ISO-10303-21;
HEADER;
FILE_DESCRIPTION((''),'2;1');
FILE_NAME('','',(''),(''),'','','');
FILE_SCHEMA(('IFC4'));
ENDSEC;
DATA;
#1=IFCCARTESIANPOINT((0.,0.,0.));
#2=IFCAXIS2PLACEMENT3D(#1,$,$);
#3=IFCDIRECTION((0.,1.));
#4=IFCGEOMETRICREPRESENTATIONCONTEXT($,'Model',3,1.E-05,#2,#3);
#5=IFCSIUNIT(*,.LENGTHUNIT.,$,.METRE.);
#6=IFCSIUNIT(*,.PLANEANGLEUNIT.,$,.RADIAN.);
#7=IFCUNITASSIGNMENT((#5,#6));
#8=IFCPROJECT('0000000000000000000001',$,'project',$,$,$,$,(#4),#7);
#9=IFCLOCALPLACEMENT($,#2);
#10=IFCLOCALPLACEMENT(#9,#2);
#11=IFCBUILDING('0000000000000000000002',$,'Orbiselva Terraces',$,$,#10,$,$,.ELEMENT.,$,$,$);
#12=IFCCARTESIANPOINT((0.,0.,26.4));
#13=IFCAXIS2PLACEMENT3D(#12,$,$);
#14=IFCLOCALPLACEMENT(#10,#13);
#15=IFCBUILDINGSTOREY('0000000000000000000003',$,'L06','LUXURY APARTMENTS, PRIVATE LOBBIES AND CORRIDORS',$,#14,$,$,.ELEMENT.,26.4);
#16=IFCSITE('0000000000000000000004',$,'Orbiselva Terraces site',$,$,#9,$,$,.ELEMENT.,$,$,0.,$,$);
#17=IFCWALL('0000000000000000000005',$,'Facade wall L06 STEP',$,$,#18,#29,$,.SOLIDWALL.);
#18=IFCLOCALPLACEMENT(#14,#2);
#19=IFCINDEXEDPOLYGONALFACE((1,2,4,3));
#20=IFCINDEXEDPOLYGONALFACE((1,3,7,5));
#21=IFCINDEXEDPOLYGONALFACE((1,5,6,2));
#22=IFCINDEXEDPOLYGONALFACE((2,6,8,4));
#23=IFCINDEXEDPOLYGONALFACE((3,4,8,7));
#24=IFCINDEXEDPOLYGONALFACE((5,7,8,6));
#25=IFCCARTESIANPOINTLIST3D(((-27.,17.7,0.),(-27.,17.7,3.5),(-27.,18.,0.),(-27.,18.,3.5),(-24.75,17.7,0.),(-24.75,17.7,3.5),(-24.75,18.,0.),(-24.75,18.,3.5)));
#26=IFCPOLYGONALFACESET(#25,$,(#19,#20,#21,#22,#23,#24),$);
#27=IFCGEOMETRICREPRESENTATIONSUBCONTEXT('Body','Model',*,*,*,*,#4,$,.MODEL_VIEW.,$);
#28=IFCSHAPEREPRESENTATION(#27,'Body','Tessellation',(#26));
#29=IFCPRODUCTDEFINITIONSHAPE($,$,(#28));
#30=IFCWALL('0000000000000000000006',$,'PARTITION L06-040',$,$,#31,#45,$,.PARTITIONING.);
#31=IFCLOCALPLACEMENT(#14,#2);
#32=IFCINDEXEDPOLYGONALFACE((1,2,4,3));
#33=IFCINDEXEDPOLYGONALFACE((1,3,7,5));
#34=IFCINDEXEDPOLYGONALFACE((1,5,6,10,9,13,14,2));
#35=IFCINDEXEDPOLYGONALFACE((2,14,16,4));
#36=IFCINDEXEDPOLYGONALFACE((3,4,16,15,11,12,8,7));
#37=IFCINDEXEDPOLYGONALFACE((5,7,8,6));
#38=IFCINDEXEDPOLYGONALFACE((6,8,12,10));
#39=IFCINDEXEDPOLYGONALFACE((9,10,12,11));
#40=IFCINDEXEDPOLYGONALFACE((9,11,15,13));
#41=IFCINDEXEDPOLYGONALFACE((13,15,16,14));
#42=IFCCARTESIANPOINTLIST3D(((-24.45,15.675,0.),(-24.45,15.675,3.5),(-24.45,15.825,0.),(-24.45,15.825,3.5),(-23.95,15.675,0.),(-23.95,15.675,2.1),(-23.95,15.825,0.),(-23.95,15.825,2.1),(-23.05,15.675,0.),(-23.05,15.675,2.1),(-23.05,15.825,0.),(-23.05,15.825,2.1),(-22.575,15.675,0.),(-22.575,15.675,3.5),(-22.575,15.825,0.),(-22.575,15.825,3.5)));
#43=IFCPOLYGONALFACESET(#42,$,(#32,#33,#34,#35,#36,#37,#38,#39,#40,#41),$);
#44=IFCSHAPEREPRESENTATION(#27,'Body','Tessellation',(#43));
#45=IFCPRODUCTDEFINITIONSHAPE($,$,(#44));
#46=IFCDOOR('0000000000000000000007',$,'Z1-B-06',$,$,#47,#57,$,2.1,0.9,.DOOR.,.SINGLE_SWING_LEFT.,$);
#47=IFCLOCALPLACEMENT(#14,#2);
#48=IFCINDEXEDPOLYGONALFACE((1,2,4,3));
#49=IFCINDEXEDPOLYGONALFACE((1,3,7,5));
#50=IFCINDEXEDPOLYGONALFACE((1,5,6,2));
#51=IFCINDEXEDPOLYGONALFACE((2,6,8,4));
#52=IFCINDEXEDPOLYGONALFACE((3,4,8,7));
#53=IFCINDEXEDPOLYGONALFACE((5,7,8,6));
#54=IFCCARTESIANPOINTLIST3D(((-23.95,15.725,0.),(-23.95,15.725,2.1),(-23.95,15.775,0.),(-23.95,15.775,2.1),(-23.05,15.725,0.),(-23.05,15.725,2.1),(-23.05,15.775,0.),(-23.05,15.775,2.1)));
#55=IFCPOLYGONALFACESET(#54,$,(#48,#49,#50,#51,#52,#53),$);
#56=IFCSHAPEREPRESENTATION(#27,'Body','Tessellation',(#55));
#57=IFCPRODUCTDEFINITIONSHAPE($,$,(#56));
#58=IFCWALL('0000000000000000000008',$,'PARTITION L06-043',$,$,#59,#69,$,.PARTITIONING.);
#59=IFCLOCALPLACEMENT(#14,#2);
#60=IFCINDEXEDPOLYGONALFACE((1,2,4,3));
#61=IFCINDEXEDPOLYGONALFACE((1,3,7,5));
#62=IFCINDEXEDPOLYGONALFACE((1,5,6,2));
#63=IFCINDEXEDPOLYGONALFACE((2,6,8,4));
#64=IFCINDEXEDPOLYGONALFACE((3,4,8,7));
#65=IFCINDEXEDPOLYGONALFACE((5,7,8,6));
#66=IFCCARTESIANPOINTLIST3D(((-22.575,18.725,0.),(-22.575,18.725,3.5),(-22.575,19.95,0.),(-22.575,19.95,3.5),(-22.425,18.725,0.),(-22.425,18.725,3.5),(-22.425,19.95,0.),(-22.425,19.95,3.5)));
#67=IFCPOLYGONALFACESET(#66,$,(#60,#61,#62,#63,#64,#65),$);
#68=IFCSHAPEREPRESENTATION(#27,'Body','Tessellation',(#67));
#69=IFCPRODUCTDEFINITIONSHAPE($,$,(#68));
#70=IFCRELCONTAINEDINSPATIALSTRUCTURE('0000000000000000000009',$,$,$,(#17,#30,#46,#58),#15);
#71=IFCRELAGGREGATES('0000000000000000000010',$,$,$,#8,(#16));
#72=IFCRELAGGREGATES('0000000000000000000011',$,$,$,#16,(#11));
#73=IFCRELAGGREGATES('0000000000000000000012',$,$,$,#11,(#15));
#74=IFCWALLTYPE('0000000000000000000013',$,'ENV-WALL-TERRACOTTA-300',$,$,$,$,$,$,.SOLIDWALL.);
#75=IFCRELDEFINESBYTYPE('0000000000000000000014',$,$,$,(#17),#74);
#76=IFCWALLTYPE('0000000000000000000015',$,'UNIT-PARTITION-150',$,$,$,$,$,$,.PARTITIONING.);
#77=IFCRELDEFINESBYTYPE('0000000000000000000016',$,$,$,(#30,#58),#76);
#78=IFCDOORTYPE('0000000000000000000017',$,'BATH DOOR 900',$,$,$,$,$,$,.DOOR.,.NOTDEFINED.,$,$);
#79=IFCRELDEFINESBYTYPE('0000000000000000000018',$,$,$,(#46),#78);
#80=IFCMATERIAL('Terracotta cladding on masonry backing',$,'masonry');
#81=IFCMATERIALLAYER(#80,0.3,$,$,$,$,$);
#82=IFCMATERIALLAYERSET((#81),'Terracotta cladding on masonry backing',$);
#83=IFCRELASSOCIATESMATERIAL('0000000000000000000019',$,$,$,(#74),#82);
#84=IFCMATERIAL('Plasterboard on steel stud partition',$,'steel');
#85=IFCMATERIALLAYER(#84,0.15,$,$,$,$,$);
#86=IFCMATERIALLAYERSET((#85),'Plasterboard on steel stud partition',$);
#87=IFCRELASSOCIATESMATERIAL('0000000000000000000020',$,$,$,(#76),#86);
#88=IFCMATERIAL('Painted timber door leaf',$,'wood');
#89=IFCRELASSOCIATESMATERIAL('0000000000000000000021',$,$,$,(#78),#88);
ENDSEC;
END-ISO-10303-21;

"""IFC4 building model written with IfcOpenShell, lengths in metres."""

from ifc_helpers import new_model, si_unit, direction, frame, frame_2d, origin, place, context, subcontext, project, spatial, rectangle, extrude, material, layer, layer_set, type_object, element, fill, save


model = new_model("IFC4")

# Units and contexts
model_context = context("Model", 3, precision=1e-05, world=origin(), true_north=direction((0.0, 1.0)))
body_context = subcontext(model_context, "Body", "Model", "MODEL_VIEW")
ifc_project = project(units=[si_unit("LENGTHUNIT", "METRE"), si_unit("PLANEANGLEUNIT", "RADIAN")], contexts=[model_context])

# Site, building, storey
site_placement = place(None, origin())
site = spatial("IfcSite", under=ifc_project, at=site_placement, Name="Orbiselva Terraces site", CompositionType="ELEMENT", RefElevation=0.0)
building_placement = place(site_placement, origin())
building = spatial("IfcBuilding", under=site, at=building_placement, Name="Orbiselva Terraces", CompositionType="ELEMENT")
storey_placement = place(building_placement, frame((0.0, 0.0, 26.4)))
storey = spatial("IfcBuildingStorey", under=building, at=storey_placement, Name="L06", Description="LUXURY APARTMENTS, PRIVATE LOBBIES AND CORRIDORS", CompositionType="ELEMENT", Elevation=26.4)

# Shared definitions
ifc_material_1 = material(Name="Terracotta cladding on masonry backing", Category="masonry")
ifc_layer_1 = layer(ifc_material_1, 0.3)
ifc_layer_set_1 = layer_set([ifc_layer_1], Name="Terracotta cladding on masonry backing")
wall_type_1 = type_object("IfcWallType", Name="ENV-WALL-TERRACOTTA-300", PredefinedType="SOLIDWALL", material=ifc_layer_set_1)

# Wall
wall_1_placement = place(storey_placement, frame((-27.0, 17.85, 0.0), z_axis=(0.0, 0.0, 1.0), x_axis=(1.0, 0.0, 0.0)))
element("IfcWall", 1, at=wall_1_placement, inside=storey, type_object=wall_type_1, Name="Facade wall L06 STEP", PredefinedType="SOLIDWALL", context=body_context, shape_type="SweptSolid", body=[
    extrude(rectangle(XDim=2.25, YDim=0.3, at=frame_2d((1.125, 0.0))), origin(), (0.0, 0.0, 1.0), 3.5),
])

# Wall, opening, door
ifc_material_2 = material(Name="Plasterboard on steel stud partition", Category="steel")
ifc_layer_2 = layer(ifc_material_2, 0.15)
ifc_layer_set_2 = layer_set([ifc_layer_2], Name="Plasterboard on steel stud partition")
wall_type_2 = type_object("IfcWallType", Name="UNIT-PARTITION-150", PredefinedType="PARTITIONING", material=ifc_layer_set_2)
wall_2_placement = place(storey_placement, frame((-22.575, 15.75, 0.0), z_axis=(0.0, 0.0, 1.0), x_axis=(-1.0, 0.0, 0.0)))
wall_2 = element("IfcWall", 2, at=wall_2_placement, inside=storey, type_object=wall_type_2, Name="PARTITION L06-040", PredefinedType="PARTITIONING", context=body_context, shape_type="SweptSolid", body=[
    extrude(rectangle(XDim=1.875, YDim=0.15, at=frame_2d((0.9375, 0.0))), origin(), (0.0, 0.0, 1.0), 3.5),
])
opening_1_placement = place(wall_2_placement, frame((0.475, 0.0, 0.0)))
opening_1 = element("IfcOpeningElement", 3, at=opening_1_placement, cuts=wall_2, PredefinedType="OPENING", context=body_context, shape_type="SweptSolid", body=[
    extrude(rectangle(XDim=0.9, YDim=2.1, at=frame_2d((0.45, 1.05))), frame((0.0, 0.085, 0.0), z_axis=(0.0, -1.0, 0.0), x_axis=(1.0, 0.0, 0.0)), (0.0, 0.0, 1.0), 0.17),
])
ifc_material_3 = material(Name="Painted timber door leaf", Category="wood")
door_type_1 = type_object("IfcDoorType", Name="BATH DOOR 900", OperationType="NOTDEFINED", PredefinedType="DOOR", material=ifc_material_3)
door_1_placement = place(opening_1_placement, origin())
door_1 = element("IfcDoor", 4, at=door_1_placement, inside=storey, type_object=door_type_1, Name="Z1-B-06", OperationType="SINGLE_SWING_LEFT", OverallHeight=2.1, OverallWidth=0.9, PredefinedType="DOOR", context=body_context, shape_type="SweptSolid", body=[
    extrude(rectangle(XDim=0.9, YDim=2.1, at=frame_2d((0.45, 1.05))), frame((0.0, 0.025, 0.0), z_axis=(0.0, -1.0, 0.0), x_axis=(1.0, 0.0, 0.0)), (0.0, 0.0, 1.0), 0.05),
])
fill(opening_1, door_1)

# Wall
wall_3_placement = place(storey_placement, frame((-22.5, 18.725, 0.0), z_axis=(0.0, 0.0, 1.0), x_axis=(0.0, 1.0, 0.0)))
element("IfcWall", 5, at=wall_3_placement, inside=storey, type_object=wall_type_2, Name="PARTITION L06-043", PredefinedType="PARTITIONING", context=body_context, shape_type="SweptSolid", body=[
    extrude(rectangle(XDim=1.225, YDim=0.15, at=frame_2d((0.6125, 0.0))), origin(), (0.0, 0.0, 1.0), 3.5),
])

save(model, "model.ifc")
